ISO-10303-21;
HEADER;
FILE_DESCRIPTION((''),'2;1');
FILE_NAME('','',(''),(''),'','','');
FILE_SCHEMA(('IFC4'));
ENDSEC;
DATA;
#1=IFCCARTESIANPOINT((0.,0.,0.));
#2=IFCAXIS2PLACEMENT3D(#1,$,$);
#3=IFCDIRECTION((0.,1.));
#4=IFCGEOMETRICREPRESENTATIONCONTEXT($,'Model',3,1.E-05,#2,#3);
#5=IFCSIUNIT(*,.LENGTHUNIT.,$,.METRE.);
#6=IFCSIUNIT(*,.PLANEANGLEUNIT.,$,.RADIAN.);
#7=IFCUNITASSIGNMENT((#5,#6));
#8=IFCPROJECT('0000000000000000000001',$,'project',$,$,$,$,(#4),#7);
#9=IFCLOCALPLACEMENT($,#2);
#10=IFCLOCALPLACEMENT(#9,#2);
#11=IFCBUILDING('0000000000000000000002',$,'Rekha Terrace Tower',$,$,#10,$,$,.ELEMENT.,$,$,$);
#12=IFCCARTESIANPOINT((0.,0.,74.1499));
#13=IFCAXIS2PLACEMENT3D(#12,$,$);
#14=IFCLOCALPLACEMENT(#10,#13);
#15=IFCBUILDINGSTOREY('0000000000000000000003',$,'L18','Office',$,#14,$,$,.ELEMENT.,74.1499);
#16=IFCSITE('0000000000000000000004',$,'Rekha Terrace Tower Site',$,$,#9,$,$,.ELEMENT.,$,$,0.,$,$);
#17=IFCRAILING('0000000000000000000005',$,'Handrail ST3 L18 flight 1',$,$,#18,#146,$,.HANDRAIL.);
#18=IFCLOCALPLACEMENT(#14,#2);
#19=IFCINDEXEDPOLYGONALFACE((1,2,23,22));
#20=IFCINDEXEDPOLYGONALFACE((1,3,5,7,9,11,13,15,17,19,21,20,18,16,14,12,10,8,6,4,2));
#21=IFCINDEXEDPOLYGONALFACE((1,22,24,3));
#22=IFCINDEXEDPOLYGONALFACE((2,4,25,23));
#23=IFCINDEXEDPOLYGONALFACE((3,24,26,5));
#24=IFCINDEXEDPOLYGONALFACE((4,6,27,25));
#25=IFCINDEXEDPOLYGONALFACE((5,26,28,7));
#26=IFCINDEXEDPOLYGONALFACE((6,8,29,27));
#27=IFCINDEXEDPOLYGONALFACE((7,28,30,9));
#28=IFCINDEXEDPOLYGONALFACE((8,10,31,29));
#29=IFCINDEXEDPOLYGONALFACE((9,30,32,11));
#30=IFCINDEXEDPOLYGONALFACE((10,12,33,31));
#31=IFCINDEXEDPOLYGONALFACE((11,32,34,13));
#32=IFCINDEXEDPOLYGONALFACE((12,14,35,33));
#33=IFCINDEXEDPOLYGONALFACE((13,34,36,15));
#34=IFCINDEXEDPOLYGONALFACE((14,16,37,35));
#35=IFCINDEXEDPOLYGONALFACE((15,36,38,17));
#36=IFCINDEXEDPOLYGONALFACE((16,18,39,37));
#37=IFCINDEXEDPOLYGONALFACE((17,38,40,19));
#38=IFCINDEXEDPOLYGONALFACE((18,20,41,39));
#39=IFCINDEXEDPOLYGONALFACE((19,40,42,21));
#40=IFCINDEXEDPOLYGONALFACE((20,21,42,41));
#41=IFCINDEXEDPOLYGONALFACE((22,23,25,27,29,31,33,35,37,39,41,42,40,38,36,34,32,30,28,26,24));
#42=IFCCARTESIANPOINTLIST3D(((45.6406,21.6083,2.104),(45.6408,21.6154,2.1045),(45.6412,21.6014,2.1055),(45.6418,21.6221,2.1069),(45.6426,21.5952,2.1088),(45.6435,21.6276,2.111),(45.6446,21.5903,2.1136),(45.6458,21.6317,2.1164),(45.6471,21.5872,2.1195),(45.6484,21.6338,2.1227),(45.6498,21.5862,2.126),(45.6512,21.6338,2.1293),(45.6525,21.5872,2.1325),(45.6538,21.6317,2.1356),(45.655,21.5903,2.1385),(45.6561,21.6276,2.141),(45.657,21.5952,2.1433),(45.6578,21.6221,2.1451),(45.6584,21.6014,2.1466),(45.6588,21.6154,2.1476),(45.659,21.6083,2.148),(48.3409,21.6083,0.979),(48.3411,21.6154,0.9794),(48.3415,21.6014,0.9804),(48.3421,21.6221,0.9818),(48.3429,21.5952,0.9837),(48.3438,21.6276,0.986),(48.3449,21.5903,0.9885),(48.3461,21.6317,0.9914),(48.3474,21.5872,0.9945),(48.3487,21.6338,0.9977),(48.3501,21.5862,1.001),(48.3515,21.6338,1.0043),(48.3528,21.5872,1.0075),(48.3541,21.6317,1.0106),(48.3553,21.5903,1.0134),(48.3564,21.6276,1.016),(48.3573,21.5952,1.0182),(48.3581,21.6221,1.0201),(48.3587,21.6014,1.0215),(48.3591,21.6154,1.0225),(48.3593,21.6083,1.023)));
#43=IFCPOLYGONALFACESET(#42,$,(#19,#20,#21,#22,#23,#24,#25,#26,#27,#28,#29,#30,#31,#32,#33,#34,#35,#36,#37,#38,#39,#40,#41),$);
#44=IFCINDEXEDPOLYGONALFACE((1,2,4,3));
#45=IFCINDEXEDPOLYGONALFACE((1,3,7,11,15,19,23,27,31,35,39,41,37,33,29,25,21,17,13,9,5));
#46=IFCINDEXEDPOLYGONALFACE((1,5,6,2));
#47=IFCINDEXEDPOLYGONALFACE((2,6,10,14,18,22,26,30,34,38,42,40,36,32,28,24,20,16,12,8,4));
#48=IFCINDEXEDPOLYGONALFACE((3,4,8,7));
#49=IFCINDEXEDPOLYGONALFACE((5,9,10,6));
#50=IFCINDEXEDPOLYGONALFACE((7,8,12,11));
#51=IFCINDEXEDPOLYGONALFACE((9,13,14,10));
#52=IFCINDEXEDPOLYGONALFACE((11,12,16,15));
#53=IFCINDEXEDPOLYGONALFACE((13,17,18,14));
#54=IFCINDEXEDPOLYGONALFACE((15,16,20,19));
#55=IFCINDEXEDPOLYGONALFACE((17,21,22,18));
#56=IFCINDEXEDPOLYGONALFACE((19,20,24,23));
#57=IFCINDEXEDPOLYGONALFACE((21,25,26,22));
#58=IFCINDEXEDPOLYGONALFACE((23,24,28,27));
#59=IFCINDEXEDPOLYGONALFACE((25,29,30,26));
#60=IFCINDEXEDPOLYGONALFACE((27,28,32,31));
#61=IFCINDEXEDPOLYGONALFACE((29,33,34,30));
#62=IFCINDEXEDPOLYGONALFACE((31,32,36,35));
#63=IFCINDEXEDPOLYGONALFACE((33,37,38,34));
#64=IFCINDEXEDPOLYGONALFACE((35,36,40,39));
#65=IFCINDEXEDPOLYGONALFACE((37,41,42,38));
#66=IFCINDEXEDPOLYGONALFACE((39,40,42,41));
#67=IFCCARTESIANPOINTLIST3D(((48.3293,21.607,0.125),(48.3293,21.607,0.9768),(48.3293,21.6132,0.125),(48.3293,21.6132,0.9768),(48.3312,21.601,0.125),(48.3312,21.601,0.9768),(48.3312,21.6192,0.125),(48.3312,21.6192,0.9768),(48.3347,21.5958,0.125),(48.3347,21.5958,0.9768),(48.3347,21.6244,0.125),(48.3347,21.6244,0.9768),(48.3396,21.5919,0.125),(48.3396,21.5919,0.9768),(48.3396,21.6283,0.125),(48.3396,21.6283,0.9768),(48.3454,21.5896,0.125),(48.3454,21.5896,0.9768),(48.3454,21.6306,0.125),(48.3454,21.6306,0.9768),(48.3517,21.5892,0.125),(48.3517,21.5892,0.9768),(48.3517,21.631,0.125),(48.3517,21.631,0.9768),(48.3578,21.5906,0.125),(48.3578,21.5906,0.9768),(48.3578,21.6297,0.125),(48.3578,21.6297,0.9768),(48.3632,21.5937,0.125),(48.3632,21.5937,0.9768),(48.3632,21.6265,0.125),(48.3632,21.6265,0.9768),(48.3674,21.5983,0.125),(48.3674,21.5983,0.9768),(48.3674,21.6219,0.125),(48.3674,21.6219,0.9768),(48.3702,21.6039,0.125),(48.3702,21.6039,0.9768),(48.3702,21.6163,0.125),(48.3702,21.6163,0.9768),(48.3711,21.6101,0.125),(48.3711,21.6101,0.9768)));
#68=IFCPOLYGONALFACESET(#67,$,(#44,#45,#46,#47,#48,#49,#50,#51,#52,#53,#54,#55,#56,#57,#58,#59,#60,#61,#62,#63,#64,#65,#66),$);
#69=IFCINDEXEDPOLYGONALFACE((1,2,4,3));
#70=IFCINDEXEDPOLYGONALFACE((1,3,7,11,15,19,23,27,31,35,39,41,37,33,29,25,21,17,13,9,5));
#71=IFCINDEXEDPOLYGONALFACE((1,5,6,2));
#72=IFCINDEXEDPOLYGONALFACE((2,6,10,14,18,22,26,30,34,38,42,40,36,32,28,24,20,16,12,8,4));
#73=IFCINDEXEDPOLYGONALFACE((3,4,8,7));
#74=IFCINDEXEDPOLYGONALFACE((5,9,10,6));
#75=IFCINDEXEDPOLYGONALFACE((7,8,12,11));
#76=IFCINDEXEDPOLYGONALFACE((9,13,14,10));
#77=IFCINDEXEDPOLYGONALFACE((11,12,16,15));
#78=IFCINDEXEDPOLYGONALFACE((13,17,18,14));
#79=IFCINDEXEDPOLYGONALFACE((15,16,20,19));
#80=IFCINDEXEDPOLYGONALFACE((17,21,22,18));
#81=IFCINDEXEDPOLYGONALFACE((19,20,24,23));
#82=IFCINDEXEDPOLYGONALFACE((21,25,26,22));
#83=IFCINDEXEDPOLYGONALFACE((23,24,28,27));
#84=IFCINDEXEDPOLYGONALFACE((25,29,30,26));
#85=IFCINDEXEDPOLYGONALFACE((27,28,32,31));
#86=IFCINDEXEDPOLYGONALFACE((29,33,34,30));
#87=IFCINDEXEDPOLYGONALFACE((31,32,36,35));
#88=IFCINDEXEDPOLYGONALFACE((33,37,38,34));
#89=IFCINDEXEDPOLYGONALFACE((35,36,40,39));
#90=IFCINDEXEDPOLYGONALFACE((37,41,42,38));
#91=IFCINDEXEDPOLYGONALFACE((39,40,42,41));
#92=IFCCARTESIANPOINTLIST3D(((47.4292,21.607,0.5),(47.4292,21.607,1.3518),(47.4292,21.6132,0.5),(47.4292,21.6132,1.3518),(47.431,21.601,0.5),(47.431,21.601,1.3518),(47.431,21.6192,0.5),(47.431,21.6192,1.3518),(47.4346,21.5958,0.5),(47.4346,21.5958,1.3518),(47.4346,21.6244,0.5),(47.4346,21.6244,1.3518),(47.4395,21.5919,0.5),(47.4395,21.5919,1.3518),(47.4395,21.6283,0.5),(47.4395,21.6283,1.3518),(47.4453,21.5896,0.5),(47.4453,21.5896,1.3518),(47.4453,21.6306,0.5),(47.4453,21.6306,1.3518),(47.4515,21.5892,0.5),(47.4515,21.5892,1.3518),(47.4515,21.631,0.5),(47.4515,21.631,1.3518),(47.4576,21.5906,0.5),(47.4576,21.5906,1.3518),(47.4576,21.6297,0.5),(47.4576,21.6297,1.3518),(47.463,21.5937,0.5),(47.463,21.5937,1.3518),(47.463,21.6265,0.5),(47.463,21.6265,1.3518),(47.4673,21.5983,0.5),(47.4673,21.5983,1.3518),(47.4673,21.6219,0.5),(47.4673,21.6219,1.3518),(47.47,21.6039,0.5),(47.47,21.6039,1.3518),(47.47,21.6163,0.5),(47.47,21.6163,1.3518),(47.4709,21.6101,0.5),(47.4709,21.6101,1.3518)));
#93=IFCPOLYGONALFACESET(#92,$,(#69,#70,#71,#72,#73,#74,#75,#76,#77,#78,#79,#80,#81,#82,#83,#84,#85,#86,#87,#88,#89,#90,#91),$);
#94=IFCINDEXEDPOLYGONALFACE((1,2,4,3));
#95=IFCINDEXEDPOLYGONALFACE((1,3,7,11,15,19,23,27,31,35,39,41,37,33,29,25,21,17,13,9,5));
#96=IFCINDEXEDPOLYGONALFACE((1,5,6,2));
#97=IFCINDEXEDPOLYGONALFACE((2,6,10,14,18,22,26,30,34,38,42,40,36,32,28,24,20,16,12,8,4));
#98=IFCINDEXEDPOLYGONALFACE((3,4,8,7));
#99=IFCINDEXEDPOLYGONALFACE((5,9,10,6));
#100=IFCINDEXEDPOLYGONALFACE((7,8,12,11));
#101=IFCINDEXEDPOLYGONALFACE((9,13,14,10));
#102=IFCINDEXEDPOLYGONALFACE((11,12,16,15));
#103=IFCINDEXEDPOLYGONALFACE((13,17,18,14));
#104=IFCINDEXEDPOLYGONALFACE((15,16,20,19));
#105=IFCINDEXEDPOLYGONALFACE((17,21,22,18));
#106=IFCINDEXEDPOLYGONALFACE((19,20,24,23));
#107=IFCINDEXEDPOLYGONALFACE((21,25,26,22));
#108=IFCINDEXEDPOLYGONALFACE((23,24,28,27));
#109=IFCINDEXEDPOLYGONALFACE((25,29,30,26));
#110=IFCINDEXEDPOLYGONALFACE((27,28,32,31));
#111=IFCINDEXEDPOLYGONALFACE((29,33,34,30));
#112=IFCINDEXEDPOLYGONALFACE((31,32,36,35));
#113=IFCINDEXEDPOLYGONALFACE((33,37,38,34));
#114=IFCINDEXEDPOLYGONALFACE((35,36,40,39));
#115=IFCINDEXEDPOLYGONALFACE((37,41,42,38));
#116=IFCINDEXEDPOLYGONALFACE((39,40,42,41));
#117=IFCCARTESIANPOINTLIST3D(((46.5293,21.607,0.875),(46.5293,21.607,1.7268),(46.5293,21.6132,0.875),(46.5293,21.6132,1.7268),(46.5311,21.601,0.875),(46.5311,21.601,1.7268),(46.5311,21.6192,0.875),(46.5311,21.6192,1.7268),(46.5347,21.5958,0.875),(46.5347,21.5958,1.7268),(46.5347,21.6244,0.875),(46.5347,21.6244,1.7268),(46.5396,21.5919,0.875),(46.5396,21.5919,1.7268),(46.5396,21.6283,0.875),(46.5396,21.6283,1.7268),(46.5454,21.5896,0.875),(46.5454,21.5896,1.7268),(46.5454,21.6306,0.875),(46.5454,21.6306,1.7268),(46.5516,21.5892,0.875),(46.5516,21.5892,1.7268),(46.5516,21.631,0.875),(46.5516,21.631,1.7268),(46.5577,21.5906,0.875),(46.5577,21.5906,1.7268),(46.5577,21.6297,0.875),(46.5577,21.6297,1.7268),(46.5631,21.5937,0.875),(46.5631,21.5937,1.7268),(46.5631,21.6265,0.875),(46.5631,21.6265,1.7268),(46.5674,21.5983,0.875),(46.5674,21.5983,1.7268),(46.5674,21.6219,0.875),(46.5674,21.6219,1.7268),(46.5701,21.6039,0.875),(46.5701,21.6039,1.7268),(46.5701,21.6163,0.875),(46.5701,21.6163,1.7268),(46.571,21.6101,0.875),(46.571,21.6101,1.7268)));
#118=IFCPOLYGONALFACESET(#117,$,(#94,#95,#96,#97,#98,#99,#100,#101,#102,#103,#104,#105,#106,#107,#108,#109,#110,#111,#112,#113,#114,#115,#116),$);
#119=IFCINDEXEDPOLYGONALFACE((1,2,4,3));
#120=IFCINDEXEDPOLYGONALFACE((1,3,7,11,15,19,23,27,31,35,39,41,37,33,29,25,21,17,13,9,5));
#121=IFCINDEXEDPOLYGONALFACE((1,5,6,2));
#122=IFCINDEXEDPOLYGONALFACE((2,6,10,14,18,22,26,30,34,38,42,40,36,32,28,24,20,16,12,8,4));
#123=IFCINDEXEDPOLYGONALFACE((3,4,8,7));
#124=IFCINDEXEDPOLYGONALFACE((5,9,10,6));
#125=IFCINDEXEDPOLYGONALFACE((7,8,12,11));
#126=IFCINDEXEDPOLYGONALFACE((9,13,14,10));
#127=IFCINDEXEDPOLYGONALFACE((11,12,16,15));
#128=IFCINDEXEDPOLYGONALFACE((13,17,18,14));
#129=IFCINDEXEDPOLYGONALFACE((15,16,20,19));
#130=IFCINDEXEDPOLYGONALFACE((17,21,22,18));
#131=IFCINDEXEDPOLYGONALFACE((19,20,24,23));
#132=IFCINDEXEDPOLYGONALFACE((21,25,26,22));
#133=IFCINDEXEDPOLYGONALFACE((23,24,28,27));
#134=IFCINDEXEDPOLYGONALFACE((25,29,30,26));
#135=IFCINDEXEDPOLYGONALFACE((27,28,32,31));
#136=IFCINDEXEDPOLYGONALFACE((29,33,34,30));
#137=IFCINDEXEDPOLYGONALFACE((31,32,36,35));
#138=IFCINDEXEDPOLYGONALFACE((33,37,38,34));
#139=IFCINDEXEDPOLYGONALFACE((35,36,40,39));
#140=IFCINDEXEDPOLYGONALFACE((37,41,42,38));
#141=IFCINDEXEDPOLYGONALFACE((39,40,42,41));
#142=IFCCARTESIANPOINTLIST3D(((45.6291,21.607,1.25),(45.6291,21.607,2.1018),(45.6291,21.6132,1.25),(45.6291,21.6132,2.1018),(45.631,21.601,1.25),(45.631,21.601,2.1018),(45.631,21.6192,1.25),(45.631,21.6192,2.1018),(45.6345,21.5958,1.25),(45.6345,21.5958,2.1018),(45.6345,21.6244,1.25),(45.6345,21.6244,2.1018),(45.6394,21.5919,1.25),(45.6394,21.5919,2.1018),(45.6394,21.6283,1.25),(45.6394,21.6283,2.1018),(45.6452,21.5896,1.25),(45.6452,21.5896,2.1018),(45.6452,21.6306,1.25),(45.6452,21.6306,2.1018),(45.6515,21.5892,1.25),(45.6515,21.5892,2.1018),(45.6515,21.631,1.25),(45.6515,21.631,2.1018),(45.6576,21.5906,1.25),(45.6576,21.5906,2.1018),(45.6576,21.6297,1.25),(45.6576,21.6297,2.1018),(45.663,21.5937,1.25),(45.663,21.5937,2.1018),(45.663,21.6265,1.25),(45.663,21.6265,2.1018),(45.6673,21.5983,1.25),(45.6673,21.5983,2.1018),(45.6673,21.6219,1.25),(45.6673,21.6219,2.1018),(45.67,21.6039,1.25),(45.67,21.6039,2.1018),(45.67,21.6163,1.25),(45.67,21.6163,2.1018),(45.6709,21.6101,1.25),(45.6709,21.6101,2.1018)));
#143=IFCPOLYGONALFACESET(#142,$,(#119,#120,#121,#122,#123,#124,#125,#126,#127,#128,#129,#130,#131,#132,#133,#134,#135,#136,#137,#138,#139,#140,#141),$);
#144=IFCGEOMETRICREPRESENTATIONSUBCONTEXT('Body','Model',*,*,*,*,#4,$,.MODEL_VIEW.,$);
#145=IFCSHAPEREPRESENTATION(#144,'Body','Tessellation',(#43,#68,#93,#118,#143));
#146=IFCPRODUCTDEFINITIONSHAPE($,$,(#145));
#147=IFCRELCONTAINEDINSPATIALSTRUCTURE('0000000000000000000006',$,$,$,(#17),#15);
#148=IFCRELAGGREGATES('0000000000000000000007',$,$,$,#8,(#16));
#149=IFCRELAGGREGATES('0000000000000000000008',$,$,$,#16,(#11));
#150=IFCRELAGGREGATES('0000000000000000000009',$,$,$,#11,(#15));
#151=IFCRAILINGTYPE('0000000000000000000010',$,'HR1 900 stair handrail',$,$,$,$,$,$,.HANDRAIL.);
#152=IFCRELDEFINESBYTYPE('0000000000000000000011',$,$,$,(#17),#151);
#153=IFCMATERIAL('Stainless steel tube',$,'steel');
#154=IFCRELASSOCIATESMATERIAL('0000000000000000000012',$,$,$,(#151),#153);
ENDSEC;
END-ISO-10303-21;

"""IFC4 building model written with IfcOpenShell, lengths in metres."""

from ifc_helpers import new_model, si_unit, direction, frame, origin, origin_2d, place, context, subcontext, project, spatial, circle, extrude, material, type_object, element, save


model = new_model("IFC4")

# Units and contexts
model_context = context("Model", 3, precision=1e-05, world=origin(), true_north=direction((0.0, 1.0)))
body_context = subcontext(model_context, "Body", "Model", "MODEL_VIEW")
ifc_project = project(units=[si_unit("LENGTHUNIT", "METRE"), si_unit("PLANEANGLEUNIT", "RADIAN")], contexts=[model_context])

# Site, building, storey
site_placement = place(None, origin())
site = spatial("IfcSite", under=ifc_project, at=site_placement, Name="Rekha Terrace Tower Site", CompositionType="ELEMENT", RefElevation=0.0)
building_placement = place(site_placement, origin())
building = spatial("IfcBuilding", under=site, at=building_placement, Name="Rekha Terrace Tower", CompositionType="ELEMENT")
storey_placement = place(building_placement, frame((0.0, 0.0, 74.1499)))
storey = spatial("IfcBuildingStorey", under=building, at=storey_placement, Name="L18", Description="Office", CompositionType="ELEMENT", Elevation=74.1499)

# Railing
ifc_material_1 = material(Name="Stainless steel tube", Category="steel")
railing_type_1 = type_object("IfcRailingType", Name="HR1 900 stair handrail", PredefinedType="HANDRAIL", material=ifc_material_1)
railing_1_placement = place(storey_placement, frame((48.3501, 21.6101, 0.125)))
element("IfcRailing", 1, at=railing_1_placement, inside=storey, type_object=railing_type_1, Name="Handrail ST3 L18 flight 1", PredefinedType="HANDRAIL", context=body_context, shape_type="SweptSolid", body=[
    extrude(circle(Radius=0.0239, at=origin_2d()), frame((0.0, 0.0, 0.876), z_axis=(-0.923087, 0.0, 0.384592), x_axis=(0.0, -1.0, 0.0)), (0.0, 0.0, 1.0), 2.9253),
    extrude(circle(Radius=0.021, at=origin_2d()), origin(), (0.0, 0.0, 1.0), 0.8518),
    extrude(circle(Radius=0.021, at=origin_2d()), frame((-0.9001, 0.0, 0.375)), (0.0, 0.0, 1.0), 0.8518),
    extrude(circle(Radius=0.021, at=origin_2d()), frame((-1.8, 0.0, 0.75)), (0.0, 0.0, 1.0), 0.8518),
    extrude(circle(Radius=0.021, at=origin_2d()), frame((-2.7002, 0.0, 1.125)), (0.0, 0.0, 1.0), 0.8518),
])

save(model, "model.ifc")
